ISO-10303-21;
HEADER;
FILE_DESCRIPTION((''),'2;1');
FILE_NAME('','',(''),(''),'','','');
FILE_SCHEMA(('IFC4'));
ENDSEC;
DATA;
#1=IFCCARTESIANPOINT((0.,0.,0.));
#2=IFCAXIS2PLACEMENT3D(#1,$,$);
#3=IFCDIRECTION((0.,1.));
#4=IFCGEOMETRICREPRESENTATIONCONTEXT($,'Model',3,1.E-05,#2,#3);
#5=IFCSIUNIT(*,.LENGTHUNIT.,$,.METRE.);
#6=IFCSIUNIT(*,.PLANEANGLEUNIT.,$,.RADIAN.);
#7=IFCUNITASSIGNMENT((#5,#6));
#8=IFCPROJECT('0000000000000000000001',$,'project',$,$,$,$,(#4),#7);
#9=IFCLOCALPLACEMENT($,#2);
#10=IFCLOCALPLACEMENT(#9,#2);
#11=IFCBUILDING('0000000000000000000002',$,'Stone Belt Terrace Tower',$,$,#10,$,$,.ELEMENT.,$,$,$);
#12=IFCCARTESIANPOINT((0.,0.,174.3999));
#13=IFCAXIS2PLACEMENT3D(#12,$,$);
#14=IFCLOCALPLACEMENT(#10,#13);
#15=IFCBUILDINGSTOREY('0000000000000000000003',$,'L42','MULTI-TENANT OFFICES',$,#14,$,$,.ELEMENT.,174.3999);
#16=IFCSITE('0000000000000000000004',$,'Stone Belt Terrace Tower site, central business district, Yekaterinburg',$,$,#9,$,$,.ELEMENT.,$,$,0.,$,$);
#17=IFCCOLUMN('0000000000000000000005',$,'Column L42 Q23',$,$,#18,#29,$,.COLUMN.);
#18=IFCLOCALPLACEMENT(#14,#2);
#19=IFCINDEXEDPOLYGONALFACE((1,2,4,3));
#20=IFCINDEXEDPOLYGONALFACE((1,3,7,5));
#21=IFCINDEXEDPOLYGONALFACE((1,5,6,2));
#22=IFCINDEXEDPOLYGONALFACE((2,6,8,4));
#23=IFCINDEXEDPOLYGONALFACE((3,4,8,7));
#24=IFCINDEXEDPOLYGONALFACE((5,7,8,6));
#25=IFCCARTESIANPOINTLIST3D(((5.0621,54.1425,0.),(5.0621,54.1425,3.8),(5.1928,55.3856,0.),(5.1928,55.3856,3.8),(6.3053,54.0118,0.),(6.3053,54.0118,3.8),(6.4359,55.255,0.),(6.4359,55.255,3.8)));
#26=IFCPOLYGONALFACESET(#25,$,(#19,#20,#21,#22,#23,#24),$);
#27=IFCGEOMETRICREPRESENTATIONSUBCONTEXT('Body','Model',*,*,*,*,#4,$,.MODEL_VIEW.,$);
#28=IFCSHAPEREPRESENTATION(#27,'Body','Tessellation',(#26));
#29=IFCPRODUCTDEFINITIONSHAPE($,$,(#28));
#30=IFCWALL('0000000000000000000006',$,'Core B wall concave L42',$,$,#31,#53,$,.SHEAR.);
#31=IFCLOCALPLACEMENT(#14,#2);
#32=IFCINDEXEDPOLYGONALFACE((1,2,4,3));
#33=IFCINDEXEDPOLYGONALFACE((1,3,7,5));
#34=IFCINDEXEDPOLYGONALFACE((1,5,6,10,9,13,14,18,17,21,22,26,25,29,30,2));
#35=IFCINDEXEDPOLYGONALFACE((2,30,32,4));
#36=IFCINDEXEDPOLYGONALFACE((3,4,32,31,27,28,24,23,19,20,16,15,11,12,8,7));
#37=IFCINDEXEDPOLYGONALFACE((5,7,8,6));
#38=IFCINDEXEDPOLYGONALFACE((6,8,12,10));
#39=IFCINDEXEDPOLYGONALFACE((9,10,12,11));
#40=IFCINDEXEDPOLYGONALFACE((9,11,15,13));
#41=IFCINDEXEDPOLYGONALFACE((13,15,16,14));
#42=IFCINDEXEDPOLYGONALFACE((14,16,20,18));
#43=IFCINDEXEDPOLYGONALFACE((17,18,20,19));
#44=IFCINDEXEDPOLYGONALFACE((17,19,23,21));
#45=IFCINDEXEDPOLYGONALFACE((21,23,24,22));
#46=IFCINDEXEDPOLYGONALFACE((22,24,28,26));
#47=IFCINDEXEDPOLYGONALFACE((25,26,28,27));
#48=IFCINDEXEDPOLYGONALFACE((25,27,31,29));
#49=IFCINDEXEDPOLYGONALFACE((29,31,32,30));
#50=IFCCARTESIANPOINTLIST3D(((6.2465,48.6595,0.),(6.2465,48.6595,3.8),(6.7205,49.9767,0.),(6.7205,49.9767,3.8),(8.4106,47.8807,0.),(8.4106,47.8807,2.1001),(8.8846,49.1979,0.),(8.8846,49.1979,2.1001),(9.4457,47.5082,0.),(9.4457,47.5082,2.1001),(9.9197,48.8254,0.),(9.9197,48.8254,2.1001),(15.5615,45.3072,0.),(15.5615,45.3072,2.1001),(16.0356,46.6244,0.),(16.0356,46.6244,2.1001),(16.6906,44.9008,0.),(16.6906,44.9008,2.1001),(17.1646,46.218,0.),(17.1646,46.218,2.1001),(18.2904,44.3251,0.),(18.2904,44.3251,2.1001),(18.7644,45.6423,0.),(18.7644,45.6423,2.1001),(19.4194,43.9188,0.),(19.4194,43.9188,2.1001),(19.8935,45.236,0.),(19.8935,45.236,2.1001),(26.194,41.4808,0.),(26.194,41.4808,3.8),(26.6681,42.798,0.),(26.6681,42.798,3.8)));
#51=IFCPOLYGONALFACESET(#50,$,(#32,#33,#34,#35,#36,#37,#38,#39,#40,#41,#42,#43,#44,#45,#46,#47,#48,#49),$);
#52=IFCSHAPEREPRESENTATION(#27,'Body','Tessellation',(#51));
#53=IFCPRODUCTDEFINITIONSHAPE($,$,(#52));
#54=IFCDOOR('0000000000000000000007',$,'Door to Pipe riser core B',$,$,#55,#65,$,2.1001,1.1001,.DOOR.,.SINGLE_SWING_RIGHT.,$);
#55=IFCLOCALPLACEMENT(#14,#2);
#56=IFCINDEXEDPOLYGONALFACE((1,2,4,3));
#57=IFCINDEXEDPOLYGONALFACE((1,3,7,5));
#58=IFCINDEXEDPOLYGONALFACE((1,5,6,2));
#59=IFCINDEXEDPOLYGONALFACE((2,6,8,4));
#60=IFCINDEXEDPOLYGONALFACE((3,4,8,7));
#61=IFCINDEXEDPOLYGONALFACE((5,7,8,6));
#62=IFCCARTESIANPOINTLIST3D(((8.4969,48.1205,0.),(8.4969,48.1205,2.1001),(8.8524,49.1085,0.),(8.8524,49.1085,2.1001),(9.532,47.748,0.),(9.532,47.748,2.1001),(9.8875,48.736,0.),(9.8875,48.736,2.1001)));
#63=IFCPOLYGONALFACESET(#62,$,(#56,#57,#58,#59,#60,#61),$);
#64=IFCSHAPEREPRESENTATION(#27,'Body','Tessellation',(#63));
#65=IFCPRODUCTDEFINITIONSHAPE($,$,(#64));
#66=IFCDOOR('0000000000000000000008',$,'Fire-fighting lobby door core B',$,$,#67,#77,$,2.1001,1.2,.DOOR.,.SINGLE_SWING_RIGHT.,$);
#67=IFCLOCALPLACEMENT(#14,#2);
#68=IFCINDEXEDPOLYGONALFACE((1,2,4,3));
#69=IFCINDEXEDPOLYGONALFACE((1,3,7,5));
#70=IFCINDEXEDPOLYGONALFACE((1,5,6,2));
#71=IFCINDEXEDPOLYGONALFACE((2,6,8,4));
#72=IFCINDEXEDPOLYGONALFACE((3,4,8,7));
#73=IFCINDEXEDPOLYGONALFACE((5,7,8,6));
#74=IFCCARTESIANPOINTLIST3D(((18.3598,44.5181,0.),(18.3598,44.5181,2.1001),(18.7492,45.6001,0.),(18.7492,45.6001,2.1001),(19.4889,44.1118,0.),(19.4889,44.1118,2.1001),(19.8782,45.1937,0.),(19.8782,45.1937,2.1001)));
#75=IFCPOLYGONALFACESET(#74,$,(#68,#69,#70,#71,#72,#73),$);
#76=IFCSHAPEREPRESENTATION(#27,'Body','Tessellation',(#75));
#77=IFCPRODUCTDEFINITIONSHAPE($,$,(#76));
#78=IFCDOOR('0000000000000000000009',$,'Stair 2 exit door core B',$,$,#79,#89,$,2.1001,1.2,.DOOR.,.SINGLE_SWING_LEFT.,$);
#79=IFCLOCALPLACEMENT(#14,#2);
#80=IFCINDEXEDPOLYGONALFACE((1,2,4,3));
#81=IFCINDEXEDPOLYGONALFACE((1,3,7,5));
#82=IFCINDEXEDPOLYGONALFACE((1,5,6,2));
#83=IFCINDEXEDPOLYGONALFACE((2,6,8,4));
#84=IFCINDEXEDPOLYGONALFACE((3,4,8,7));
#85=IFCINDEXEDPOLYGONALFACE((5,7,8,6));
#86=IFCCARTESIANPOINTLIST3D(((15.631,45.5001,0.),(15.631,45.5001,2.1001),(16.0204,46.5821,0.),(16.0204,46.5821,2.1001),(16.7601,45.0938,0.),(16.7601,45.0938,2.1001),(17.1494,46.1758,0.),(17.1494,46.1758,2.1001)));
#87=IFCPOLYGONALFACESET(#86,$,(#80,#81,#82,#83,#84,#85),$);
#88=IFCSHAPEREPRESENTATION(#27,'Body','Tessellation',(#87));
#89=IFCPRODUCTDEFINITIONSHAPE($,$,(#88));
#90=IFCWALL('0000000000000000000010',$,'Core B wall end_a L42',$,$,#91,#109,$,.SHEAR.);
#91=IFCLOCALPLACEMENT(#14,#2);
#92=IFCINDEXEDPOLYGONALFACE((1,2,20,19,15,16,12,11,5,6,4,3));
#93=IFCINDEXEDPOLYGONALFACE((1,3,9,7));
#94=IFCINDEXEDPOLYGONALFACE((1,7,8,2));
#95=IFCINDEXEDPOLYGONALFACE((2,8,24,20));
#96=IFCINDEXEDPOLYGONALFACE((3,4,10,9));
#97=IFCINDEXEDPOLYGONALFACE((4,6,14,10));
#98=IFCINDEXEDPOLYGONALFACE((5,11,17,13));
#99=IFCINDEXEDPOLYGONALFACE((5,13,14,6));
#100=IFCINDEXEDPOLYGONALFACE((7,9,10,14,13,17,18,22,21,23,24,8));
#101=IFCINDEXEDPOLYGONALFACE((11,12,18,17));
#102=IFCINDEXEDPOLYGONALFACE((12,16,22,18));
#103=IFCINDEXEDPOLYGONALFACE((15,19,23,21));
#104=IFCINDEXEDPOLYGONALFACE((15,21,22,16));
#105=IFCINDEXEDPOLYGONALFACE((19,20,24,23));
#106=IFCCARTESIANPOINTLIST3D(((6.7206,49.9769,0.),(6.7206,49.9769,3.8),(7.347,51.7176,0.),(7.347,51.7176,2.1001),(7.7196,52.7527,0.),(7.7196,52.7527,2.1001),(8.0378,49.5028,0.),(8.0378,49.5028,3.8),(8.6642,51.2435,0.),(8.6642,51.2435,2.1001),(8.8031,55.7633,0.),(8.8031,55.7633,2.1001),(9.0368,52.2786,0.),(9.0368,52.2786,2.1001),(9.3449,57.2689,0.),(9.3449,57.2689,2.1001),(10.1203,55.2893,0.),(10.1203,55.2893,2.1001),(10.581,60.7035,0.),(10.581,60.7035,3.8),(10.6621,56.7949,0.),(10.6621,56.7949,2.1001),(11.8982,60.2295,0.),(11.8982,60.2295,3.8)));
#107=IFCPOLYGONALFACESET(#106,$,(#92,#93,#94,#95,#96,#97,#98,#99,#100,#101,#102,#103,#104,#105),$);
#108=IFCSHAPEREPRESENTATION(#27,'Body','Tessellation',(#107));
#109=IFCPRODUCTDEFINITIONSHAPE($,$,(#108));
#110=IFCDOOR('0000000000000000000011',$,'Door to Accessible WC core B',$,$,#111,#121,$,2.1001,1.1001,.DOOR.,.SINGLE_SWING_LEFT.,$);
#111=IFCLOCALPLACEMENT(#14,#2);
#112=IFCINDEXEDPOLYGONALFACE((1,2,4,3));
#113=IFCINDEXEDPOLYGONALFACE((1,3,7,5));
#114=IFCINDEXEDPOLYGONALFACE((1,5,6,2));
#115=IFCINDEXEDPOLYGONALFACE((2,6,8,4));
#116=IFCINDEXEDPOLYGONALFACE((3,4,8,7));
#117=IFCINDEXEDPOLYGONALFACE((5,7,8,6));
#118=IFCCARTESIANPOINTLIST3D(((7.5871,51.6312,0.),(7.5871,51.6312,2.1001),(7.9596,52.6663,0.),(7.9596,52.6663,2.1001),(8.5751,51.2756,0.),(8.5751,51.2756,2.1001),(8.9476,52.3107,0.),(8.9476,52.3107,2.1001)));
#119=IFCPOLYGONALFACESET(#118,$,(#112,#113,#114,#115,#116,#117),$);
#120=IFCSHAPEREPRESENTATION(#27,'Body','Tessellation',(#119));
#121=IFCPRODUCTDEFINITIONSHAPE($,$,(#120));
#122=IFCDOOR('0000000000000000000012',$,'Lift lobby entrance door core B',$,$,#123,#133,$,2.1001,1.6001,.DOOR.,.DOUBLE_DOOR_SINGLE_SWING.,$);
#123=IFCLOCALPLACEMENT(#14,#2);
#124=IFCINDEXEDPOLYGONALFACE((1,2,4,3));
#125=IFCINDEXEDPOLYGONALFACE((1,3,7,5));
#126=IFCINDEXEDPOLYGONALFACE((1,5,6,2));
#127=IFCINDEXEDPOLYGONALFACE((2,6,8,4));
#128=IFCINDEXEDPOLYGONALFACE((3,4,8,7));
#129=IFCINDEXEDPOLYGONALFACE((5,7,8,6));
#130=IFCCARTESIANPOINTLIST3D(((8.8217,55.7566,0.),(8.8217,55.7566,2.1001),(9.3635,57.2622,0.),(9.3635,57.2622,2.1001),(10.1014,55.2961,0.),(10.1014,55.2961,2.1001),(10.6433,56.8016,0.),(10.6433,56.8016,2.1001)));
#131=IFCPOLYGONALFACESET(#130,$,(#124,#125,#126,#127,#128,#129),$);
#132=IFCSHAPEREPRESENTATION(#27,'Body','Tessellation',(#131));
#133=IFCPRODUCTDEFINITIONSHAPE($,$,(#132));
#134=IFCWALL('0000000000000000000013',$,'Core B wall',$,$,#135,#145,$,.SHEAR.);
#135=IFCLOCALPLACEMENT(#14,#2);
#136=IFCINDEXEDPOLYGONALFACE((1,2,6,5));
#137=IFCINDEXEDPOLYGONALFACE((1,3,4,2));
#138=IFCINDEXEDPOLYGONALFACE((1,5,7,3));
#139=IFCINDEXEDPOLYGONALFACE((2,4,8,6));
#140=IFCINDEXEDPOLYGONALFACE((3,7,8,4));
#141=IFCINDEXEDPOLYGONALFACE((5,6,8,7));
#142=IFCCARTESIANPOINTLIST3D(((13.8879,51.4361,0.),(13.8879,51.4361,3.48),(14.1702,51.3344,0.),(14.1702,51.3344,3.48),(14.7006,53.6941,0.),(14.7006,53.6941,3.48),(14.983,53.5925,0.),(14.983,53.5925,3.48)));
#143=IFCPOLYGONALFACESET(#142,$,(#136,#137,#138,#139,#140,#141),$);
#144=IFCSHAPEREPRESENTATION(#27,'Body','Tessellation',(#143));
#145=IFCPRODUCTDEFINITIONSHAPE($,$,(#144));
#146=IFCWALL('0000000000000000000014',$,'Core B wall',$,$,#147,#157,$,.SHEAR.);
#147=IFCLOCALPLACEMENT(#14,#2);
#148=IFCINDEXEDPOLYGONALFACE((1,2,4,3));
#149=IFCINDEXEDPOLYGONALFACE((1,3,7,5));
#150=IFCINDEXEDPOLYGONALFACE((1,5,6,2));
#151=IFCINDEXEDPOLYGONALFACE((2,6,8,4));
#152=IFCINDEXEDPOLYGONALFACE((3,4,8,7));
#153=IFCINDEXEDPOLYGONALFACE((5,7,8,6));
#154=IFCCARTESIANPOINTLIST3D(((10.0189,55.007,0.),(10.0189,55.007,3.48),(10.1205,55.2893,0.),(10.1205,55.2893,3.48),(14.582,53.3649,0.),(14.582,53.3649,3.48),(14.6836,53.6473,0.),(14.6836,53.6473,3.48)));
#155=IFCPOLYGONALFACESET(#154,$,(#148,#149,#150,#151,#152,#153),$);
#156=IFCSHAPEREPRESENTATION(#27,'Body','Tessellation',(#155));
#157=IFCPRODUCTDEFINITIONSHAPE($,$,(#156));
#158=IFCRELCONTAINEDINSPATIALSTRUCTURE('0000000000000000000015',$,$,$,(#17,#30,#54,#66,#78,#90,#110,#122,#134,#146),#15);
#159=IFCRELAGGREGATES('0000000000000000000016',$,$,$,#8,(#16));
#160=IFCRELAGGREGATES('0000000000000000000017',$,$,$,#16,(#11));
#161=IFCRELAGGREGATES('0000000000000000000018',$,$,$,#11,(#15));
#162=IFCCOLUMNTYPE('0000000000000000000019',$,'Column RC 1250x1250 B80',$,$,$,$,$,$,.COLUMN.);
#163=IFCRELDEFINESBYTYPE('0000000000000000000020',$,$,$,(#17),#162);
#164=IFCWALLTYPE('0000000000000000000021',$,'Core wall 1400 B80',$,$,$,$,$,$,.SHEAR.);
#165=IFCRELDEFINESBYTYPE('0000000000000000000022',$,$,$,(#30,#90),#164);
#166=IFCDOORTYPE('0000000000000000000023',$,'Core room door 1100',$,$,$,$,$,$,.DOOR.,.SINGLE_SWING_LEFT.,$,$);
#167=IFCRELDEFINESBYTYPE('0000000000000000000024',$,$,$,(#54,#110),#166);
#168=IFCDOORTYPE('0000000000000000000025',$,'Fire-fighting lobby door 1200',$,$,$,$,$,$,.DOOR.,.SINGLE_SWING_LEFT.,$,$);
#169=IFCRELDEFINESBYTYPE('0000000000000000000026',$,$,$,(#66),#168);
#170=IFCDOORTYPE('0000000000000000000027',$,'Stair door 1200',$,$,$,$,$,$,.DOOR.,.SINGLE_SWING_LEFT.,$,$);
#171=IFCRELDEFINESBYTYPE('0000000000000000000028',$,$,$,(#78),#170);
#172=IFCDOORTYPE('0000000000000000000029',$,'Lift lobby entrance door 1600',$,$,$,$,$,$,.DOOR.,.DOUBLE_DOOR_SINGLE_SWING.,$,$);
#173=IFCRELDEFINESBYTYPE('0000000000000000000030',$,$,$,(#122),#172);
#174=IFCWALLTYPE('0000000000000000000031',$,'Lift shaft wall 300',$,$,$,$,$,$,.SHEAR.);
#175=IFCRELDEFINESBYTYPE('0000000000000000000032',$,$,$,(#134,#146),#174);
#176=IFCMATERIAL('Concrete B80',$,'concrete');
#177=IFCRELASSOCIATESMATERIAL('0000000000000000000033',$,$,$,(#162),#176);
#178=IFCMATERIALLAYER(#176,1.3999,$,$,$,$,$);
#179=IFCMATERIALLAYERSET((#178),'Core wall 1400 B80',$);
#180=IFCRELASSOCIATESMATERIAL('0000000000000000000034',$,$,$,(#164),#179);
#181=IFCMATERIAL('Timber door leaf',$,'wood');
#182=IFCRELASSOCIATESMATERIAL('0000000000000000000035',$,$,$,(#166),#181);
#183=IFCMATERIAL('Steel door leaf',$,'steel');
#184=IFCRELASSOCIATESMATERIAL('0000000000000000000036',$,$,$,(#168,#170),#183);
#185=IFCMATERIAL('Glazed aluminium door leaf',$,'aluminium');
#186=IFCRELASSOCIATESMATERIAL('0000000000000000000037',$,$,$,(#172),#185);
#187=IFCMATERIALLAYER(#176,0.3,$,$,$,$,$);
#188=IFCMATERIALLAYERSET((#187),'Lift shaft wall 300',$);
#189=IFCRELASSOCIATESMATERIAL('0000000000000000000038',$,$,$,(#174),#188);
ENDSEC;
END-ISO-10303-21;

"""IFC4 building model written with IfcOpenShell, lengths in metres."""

from ifc_helpers import new_model, si_unit, direction, frame, frame_2d, origin, origin_2d, place, context, subcontext, project, spatial, rectangle, extrude, material, layer, layer_set, material_profile, profile_set, type_object, element, fill, save


model = new_model("IFC4")

# Units and contexts
model_context = context("Model", 3, precision=1e-05, world=origin(), true_north=direction((0.0, 1.0)))
body_context = subcontext(model_context, "Body", "Model", "MODEL_VIEW")
ifc_project = project(units=[si_unit("LENGTHUNIT", "METRE"), si_unit("PLANEANGLEUNIT", "RADIAN")], contexts=[model_context])

# Site, building, storey
site_placement = place(None, origin())
site = spatial("IfcSite", under=ifc_project, at=site_placement, Name="Stone Belt Terrace Tower site, central business district, Yekaterinburg", CompositionType="ELEMENT", RefElevation=0.0)
building_placement = place(site_placement, origin())
building = spatial("IfcBuilding", under=site, at=building_placement, Name="Stone Belt Terrace Tower", CompositionType="ELEMENT")
storey_placement = place(building_placement, frame((0.0, 0.0, 174.3999)))
storey = spatial("IfcBuildingStorey", under=building, at=storey_placement, Name="L42", Description="MULTI-TENANT OFFICES", CompositionType="ELEMENT", Elevation=174.3999)

# Column
ifc_material_1 = material(Name="Concrete B80", Category="concrete")
ifc_material_profile = material_profile(ifc_material_1, rectangle(XDim=1.25, YDim=1.25, at=origin_2d()), Name="RC 1250x1250")
ifc_profile_set = profile_set([ifc_material_profile], Name="Concrete B80")
column_type = type_object("IfcColumnType", Name="Column RC 1250x1250 B80", PredefinedType="COLUMN", material=ifc_profile_set)
column_placement = place(storey_placement, frame((5.749, 54.6987, 0.0), z_axis=(0.0, 0.0, 1.0), x_axis=(0.994522, -0.104528, 0.0)))
element("IfcColumn", 1, at=column_placement, inside=storey, type_object=column_type, Name="Column L42 Q23", PredefinedType="COLUMN", context=body_context, shape_type="SweptSolid", body=[
    extrude(rectangle(XDim=1.25, YDim=1.25, at=origin_2d()), origin(), (0.0, 0.0, 1.0), 3.8),
])

# Walls, openings, doors
ifc_layer_1 = layer(ifc_material_1, 1.3999)
ifc_layer_set_1 = layer_set([ifc_layer_1], Name="Core wall 1400 B80")
wall_type_1 = type_object("IfcWallType", Name="Core wall 1400 B80", PredefinedType="SHEAR", material=ifc_layer_set_1)
wall_1_placement = place(storey_placement, frame((6.4834, 49.3181, 0.0), z_axis=(0.0, 0.0, 1.0), x_axis=(0.940923, -0.33862, 0.0)))
wall_1 = element("IfcWall", 2, at=wall_1_placement, inside=storey, type_object=wall_type_1, Name="Core B wall concave L42", PredefinedType="SHEAR", context=body_context, shape_type="SweptSolid", body=[
    extrude(rectangle(XDim=21.2, YDim=1.3999, at=frame_2d((10.6001, 0.0))), origin(), (0.0, 0.0, 1.0), 3.8),
])
opening_1_placement = place(wall_1_placement, frame((12.8, 0.0, 0.0)))
opening_1 = element("IfcOpeningElement", 3, at=opening_1_placement, cuts=wall_1, PredefinedType="OPENING", context=body_context, shape_type="SweptSolid", body=[
    extrude(rectangle(XDim=1.2, YDim=2.1001, at=frame_2d((0.6001, 1.05))), frame((0.0, 0.71, 0.0), z_axis=(0.0, -1.0, 0.0), x_axis=(1.0, 0.0, 0.0)), (0.0, 0.0, 1.0), 1.4199),
])
opening_2_placement = place(wall_1_placement, frame((9.8999, 0.0, 0.0)))
opening_2 = element("IfcOpeningElement", 4, at=opening_2_placement, cuts=wall_1, PredefinedType="OPENING", context=body_context, shape_type="SweptSolid", body=[
    extrude(rectangle(XDim=1.2, YDim=2.1001, at=frame_2d((0.6001, 1.05))), frame((0.0, 0.71, 0.0), z_axis=(0.0, -1.0, 0.0), x_axis=(1.0, 0.0, 0.0)), (0.0, 0.0, 1.0), 1.4199),
])
opening_3_placement = place(wall_1_placement, frame((2.3, 0.0, 0.0)))
opening_3 = element("IfcOpeningElement", 5, at=opening_3_placement, cuts=wall_1, PredefinedType="OPENING", context=body_context, shape_type="SweptSolid", body=[
    extrude(rectangle(XDim=1.1001, YDim=2.1001, at=frame_2d((0.55, 1.05))), frame((0.0, 0.71, 0.0), z_axis=(0.0, -1.0, 0.0), x_axis=(1.0, 0.0, 0.0)), (0.0, 0.0, 1.0), 1.4199),
])
ifc_material_2 = material(Name="Timber door leaf", Category="wood")
door_type_1 = type_object("IfcDoorType", Name="Core room door 1100", OperationType="SINGLE_SWING_LEFT", PredefinedType="DOOR", material=ifc_material_2)
door_1_placement = place(opening_3_placement, origin())
door_1 = element("IfcDoor", 6, at=door_1_placement, inside=storey, type_object=door_type_1, Name="Door to Pipe riser core B", OperationType="SINGLE_SWING_RIGHT", OverallHeight=2.1001, OverallWidth=1.1001, PredefinedType="DOOR", context=body_context, shape_type="SweptSolid", body=[
    extrude(rectangle(XDim=1.1001, YDim=2.1001, at=frame_2d((0.55, 1.05))), frame((0.0, 0.605, 0.0), z_axis=(0.0, -1.0, 0.0), x_axis=(1.0, 0.0, 0.0)), (0.0, 0.0, 1.0), 1.05),
])
fill(opening_3, door_1)
ifc_material_3 = material(Name="Steel door leaf", Category="steel")
door_type_2 = type_object("IfcDoorType", Name="Fire-fighting lobby door 1200", OperationType="SINGLE_SWING_LEFT", PredefinedType="DOOR", material=ifc_material_3)
door_2_placement = place(opening_1_placement, origin())
door_2 = element("IfcDoor", 7, at=door_2_placement, inside=storey, type_object=door_type_2, Name="Fire-fighting lobby door core B", OperationType="SINGLE_SWING_RIGHT", OverallHeight=2.1001, OverallWidth=1.2, PredefinedType="DOOR", context=body_context, shape_type="SweptSolid", body=[
    extrude(rectangle(XDim=1.2, YDim=2.1001, at=frame_2d((0.6001, 1.05))), frame((0.0, 0.655, 0.0), z_axis=(0.0, -1.0, 0.0), x_axis=(1.0, 0.0, 0.0)), (0.0, 0.0, 1.0), 1.1499),
])
fill(opening_1, door_2)
door_type_3 = type_object("IfcDoorType", Name="Stair door 1200", OperationType="SINGLE_SWING_LEFT", PredefinedType="DOOR", material=ifc_material_3)
door_3_placement = place(opening_2_placement, origin())
door_3 = element("IfcDoor", 8, at=door_3_placement, inside=storey, type_object=door_type_3, Name="Stair 2 exit door core B", OperationType="SINGLE_SWING_LEFT", OverallHeight=2.1001, OverallWidth=1.2, PredefinedType="DOOR", context=body_context, shape_type="SweptSolid", body=[
    extrude(rectangle(XDim=1.2, YDim=2.1001, at=frame_2d((0.6001, 1.05))), frame((0.0, 0.655, 0.0), z_axis=(0.0, -1.0, 0.0), x_axis=(1.0, 0.0, 0.0)), (0.0, 0.0, 1.0), 1.1499),
])
fill(opening_2, door_3)
wall_2_placement = place(storey_placement, frame((7.3792, 49.7397, 0.0), z_axis=(0.0, 0.0, 1.0), x_axis=(0.338625, 0.940921, 0.0)))
wall_2 = element("IfcWall", 9, at=wall_2_placement, inside=storey, type_object=wall_type_1, Name="Core B wall end_a L42", PredefinedType="SHEAR", context=body_context, shape_type="SweptSolid", body=[
    extrude(rectangle(XDim=11.4001, YDim=1.3999, at=frame_2d((5.7002, 0.0))), origin(), (0.0, 0.0, 1.0), 3.8),
])
opening_4_placement = place(wall_2_placement, frame((6.1499, 0.0, 0.0)))
opening_4 = element("IfcOpeningElement", 10, at=opening_4_placement, cuts=wall_2, PredefinedType="OPENING", context=body_context, shape_type="SweptSolid", body=[
    extrude(rectangle(XDim=1.6001, YDim=2.1001, at=frame_2d((0.8, 1.05))), frame((0.0, 0.71, 0.0), z_axis=(0.0, -1.0, 0.0), x_axis=(1.0, 0.0, 0.0)), (0.0, 0.0, 1.0), 1.4199),
])
opening_5_placement = place(wall_2_placement, frame((1.8501, 0.0, 0.0)))
opening_5 = element("IfcOpeningElement", 11, at=opening_5_placement, cuts=wall_2, PredefinedType="OPENING", context=body_context, shape_type="SweptSolid", body=[
    extrude(rectangle(XDim=1.1001, YDim=2.1001, at=frame_2d((0.55, 1.05))), frame((0.0, 0.71, 0.0), z_axis=(0.0, -1.0, 0.0), x_axis=(1.0, 0.0, 0.0)), (0.0, 0.0, 1.0), 1.4199),
])
door_4_placement = place(opening_5_placement, origin())
door_4 = element("IfcDoor", 12, at=door_4_placement, inside=storey, type_object=door_type_1, Name="Door to Accessible WC core B", OperationType="SINGLE_SWING_LEFT", OverallHeight=2.1001, OverallWidth=1.1001, PredefinedType="DOOR", context=body_context, shape_type="SweptSolid", body=[
    extrude(rectangle(XDim=1.1001, YDim=2.1001, at=frame_2d((0.55, 1.05))), frame((0.0, 0.4448, 0.0), z_axis=(0.0, -1.0, 0.0), x_axis=(1.0, 0.0, 0.0)), (0.0, 0.0, 1.0), 1.05),
])
fill(opening_5, door_4)
ifc_material_4 = material(Name="Glazed aluminium door leaf", Category="aluminium")
door_type_4 = type_object("IfcDoorType", Name="Lift lobby entrance door 1600", OperationType="DOUBLE_DOOR_SINGLE_SWING", PredefinedType="DOOR", material=ifc_material_4)
door_5_placement = place(opening_4_placement, origin())
door_5 = element("IfcDoor", 13, at=door_5_placement, inside=storey, type_object=door_type_4, Name="Lift lobby entrance door core B", OperationType="DOUBLE_DOOR_SINGLE_SWING", OverallHeight=2.1001, OverallWidth=1.6001, PredefinedType="DOOR", context=body_context, shape_type="SweptSolid", body=[
    extrude(rectangle(XDim=1.6001, YDim=2.1001, at=frame_2d((0.8, 1.05))), frame((0.0, 0.6802, 0.0), z_axis=(0.0, -1.0, 0.0), x_axis=(1.0, 0.0, 0.0)), (0.0, 0.0, 1.0), 1.3601),
])
fill(opening_4, door_5)

# Walls
ifc_layer_2 = layer(ifc_material_1, 0.3)
ifc_layer_set_2 = layer_set([ifc_layer_2], Name="Lift shaft wall 300")
wall_type_2 = type_object("IfcWallType", Name="Lift shaft wall 300", PredefinedType="SHEAR", material=ifc_layer_set_2)
wall_3_placement = place(storey_placement, frame((14.0291, 51.3853, 0.0), z_axis=(0.0, 0.0, 1.0), x_axis=(0.338662, 0.940908, 0.0)))
element("IfcWall", 14, at=wall_3_placement, inside=storey, type_object=wall_type_2, Name="Core B wall", PredefinedType="SHEAR", context=body_context, shape_type="SweptSolid", body=[
    extrude(rectangle(XDim=2.3999, YDim=0.3, at=frame_2d((1.2, 0.0))), origin(), (0.0, 0.0, 1.0), 3.48),
])
wall_4_placement = place(storey_placement, frame((14.6328, 53.5061, 0.0), z_axis=(0.0, 0.0, 1.0), x_axis=(-0.940932, 0.338596, 0.0)))
element("IfcWall", 15, at=wall_4_placement, inside=storey, type_object=wall_type_2, Name="Core B wall", PredefinedType="SHEAR", context=body_context, shape_type="SweptSolid", body=[
    extrude(rectangle(XDim=4.8496, YDim=0.3, at=frame_2d((2.4248, 0.0))), origin(), (0.0, 0.0, 1.0), 3.48),
])

save(model, "model.ifc")
